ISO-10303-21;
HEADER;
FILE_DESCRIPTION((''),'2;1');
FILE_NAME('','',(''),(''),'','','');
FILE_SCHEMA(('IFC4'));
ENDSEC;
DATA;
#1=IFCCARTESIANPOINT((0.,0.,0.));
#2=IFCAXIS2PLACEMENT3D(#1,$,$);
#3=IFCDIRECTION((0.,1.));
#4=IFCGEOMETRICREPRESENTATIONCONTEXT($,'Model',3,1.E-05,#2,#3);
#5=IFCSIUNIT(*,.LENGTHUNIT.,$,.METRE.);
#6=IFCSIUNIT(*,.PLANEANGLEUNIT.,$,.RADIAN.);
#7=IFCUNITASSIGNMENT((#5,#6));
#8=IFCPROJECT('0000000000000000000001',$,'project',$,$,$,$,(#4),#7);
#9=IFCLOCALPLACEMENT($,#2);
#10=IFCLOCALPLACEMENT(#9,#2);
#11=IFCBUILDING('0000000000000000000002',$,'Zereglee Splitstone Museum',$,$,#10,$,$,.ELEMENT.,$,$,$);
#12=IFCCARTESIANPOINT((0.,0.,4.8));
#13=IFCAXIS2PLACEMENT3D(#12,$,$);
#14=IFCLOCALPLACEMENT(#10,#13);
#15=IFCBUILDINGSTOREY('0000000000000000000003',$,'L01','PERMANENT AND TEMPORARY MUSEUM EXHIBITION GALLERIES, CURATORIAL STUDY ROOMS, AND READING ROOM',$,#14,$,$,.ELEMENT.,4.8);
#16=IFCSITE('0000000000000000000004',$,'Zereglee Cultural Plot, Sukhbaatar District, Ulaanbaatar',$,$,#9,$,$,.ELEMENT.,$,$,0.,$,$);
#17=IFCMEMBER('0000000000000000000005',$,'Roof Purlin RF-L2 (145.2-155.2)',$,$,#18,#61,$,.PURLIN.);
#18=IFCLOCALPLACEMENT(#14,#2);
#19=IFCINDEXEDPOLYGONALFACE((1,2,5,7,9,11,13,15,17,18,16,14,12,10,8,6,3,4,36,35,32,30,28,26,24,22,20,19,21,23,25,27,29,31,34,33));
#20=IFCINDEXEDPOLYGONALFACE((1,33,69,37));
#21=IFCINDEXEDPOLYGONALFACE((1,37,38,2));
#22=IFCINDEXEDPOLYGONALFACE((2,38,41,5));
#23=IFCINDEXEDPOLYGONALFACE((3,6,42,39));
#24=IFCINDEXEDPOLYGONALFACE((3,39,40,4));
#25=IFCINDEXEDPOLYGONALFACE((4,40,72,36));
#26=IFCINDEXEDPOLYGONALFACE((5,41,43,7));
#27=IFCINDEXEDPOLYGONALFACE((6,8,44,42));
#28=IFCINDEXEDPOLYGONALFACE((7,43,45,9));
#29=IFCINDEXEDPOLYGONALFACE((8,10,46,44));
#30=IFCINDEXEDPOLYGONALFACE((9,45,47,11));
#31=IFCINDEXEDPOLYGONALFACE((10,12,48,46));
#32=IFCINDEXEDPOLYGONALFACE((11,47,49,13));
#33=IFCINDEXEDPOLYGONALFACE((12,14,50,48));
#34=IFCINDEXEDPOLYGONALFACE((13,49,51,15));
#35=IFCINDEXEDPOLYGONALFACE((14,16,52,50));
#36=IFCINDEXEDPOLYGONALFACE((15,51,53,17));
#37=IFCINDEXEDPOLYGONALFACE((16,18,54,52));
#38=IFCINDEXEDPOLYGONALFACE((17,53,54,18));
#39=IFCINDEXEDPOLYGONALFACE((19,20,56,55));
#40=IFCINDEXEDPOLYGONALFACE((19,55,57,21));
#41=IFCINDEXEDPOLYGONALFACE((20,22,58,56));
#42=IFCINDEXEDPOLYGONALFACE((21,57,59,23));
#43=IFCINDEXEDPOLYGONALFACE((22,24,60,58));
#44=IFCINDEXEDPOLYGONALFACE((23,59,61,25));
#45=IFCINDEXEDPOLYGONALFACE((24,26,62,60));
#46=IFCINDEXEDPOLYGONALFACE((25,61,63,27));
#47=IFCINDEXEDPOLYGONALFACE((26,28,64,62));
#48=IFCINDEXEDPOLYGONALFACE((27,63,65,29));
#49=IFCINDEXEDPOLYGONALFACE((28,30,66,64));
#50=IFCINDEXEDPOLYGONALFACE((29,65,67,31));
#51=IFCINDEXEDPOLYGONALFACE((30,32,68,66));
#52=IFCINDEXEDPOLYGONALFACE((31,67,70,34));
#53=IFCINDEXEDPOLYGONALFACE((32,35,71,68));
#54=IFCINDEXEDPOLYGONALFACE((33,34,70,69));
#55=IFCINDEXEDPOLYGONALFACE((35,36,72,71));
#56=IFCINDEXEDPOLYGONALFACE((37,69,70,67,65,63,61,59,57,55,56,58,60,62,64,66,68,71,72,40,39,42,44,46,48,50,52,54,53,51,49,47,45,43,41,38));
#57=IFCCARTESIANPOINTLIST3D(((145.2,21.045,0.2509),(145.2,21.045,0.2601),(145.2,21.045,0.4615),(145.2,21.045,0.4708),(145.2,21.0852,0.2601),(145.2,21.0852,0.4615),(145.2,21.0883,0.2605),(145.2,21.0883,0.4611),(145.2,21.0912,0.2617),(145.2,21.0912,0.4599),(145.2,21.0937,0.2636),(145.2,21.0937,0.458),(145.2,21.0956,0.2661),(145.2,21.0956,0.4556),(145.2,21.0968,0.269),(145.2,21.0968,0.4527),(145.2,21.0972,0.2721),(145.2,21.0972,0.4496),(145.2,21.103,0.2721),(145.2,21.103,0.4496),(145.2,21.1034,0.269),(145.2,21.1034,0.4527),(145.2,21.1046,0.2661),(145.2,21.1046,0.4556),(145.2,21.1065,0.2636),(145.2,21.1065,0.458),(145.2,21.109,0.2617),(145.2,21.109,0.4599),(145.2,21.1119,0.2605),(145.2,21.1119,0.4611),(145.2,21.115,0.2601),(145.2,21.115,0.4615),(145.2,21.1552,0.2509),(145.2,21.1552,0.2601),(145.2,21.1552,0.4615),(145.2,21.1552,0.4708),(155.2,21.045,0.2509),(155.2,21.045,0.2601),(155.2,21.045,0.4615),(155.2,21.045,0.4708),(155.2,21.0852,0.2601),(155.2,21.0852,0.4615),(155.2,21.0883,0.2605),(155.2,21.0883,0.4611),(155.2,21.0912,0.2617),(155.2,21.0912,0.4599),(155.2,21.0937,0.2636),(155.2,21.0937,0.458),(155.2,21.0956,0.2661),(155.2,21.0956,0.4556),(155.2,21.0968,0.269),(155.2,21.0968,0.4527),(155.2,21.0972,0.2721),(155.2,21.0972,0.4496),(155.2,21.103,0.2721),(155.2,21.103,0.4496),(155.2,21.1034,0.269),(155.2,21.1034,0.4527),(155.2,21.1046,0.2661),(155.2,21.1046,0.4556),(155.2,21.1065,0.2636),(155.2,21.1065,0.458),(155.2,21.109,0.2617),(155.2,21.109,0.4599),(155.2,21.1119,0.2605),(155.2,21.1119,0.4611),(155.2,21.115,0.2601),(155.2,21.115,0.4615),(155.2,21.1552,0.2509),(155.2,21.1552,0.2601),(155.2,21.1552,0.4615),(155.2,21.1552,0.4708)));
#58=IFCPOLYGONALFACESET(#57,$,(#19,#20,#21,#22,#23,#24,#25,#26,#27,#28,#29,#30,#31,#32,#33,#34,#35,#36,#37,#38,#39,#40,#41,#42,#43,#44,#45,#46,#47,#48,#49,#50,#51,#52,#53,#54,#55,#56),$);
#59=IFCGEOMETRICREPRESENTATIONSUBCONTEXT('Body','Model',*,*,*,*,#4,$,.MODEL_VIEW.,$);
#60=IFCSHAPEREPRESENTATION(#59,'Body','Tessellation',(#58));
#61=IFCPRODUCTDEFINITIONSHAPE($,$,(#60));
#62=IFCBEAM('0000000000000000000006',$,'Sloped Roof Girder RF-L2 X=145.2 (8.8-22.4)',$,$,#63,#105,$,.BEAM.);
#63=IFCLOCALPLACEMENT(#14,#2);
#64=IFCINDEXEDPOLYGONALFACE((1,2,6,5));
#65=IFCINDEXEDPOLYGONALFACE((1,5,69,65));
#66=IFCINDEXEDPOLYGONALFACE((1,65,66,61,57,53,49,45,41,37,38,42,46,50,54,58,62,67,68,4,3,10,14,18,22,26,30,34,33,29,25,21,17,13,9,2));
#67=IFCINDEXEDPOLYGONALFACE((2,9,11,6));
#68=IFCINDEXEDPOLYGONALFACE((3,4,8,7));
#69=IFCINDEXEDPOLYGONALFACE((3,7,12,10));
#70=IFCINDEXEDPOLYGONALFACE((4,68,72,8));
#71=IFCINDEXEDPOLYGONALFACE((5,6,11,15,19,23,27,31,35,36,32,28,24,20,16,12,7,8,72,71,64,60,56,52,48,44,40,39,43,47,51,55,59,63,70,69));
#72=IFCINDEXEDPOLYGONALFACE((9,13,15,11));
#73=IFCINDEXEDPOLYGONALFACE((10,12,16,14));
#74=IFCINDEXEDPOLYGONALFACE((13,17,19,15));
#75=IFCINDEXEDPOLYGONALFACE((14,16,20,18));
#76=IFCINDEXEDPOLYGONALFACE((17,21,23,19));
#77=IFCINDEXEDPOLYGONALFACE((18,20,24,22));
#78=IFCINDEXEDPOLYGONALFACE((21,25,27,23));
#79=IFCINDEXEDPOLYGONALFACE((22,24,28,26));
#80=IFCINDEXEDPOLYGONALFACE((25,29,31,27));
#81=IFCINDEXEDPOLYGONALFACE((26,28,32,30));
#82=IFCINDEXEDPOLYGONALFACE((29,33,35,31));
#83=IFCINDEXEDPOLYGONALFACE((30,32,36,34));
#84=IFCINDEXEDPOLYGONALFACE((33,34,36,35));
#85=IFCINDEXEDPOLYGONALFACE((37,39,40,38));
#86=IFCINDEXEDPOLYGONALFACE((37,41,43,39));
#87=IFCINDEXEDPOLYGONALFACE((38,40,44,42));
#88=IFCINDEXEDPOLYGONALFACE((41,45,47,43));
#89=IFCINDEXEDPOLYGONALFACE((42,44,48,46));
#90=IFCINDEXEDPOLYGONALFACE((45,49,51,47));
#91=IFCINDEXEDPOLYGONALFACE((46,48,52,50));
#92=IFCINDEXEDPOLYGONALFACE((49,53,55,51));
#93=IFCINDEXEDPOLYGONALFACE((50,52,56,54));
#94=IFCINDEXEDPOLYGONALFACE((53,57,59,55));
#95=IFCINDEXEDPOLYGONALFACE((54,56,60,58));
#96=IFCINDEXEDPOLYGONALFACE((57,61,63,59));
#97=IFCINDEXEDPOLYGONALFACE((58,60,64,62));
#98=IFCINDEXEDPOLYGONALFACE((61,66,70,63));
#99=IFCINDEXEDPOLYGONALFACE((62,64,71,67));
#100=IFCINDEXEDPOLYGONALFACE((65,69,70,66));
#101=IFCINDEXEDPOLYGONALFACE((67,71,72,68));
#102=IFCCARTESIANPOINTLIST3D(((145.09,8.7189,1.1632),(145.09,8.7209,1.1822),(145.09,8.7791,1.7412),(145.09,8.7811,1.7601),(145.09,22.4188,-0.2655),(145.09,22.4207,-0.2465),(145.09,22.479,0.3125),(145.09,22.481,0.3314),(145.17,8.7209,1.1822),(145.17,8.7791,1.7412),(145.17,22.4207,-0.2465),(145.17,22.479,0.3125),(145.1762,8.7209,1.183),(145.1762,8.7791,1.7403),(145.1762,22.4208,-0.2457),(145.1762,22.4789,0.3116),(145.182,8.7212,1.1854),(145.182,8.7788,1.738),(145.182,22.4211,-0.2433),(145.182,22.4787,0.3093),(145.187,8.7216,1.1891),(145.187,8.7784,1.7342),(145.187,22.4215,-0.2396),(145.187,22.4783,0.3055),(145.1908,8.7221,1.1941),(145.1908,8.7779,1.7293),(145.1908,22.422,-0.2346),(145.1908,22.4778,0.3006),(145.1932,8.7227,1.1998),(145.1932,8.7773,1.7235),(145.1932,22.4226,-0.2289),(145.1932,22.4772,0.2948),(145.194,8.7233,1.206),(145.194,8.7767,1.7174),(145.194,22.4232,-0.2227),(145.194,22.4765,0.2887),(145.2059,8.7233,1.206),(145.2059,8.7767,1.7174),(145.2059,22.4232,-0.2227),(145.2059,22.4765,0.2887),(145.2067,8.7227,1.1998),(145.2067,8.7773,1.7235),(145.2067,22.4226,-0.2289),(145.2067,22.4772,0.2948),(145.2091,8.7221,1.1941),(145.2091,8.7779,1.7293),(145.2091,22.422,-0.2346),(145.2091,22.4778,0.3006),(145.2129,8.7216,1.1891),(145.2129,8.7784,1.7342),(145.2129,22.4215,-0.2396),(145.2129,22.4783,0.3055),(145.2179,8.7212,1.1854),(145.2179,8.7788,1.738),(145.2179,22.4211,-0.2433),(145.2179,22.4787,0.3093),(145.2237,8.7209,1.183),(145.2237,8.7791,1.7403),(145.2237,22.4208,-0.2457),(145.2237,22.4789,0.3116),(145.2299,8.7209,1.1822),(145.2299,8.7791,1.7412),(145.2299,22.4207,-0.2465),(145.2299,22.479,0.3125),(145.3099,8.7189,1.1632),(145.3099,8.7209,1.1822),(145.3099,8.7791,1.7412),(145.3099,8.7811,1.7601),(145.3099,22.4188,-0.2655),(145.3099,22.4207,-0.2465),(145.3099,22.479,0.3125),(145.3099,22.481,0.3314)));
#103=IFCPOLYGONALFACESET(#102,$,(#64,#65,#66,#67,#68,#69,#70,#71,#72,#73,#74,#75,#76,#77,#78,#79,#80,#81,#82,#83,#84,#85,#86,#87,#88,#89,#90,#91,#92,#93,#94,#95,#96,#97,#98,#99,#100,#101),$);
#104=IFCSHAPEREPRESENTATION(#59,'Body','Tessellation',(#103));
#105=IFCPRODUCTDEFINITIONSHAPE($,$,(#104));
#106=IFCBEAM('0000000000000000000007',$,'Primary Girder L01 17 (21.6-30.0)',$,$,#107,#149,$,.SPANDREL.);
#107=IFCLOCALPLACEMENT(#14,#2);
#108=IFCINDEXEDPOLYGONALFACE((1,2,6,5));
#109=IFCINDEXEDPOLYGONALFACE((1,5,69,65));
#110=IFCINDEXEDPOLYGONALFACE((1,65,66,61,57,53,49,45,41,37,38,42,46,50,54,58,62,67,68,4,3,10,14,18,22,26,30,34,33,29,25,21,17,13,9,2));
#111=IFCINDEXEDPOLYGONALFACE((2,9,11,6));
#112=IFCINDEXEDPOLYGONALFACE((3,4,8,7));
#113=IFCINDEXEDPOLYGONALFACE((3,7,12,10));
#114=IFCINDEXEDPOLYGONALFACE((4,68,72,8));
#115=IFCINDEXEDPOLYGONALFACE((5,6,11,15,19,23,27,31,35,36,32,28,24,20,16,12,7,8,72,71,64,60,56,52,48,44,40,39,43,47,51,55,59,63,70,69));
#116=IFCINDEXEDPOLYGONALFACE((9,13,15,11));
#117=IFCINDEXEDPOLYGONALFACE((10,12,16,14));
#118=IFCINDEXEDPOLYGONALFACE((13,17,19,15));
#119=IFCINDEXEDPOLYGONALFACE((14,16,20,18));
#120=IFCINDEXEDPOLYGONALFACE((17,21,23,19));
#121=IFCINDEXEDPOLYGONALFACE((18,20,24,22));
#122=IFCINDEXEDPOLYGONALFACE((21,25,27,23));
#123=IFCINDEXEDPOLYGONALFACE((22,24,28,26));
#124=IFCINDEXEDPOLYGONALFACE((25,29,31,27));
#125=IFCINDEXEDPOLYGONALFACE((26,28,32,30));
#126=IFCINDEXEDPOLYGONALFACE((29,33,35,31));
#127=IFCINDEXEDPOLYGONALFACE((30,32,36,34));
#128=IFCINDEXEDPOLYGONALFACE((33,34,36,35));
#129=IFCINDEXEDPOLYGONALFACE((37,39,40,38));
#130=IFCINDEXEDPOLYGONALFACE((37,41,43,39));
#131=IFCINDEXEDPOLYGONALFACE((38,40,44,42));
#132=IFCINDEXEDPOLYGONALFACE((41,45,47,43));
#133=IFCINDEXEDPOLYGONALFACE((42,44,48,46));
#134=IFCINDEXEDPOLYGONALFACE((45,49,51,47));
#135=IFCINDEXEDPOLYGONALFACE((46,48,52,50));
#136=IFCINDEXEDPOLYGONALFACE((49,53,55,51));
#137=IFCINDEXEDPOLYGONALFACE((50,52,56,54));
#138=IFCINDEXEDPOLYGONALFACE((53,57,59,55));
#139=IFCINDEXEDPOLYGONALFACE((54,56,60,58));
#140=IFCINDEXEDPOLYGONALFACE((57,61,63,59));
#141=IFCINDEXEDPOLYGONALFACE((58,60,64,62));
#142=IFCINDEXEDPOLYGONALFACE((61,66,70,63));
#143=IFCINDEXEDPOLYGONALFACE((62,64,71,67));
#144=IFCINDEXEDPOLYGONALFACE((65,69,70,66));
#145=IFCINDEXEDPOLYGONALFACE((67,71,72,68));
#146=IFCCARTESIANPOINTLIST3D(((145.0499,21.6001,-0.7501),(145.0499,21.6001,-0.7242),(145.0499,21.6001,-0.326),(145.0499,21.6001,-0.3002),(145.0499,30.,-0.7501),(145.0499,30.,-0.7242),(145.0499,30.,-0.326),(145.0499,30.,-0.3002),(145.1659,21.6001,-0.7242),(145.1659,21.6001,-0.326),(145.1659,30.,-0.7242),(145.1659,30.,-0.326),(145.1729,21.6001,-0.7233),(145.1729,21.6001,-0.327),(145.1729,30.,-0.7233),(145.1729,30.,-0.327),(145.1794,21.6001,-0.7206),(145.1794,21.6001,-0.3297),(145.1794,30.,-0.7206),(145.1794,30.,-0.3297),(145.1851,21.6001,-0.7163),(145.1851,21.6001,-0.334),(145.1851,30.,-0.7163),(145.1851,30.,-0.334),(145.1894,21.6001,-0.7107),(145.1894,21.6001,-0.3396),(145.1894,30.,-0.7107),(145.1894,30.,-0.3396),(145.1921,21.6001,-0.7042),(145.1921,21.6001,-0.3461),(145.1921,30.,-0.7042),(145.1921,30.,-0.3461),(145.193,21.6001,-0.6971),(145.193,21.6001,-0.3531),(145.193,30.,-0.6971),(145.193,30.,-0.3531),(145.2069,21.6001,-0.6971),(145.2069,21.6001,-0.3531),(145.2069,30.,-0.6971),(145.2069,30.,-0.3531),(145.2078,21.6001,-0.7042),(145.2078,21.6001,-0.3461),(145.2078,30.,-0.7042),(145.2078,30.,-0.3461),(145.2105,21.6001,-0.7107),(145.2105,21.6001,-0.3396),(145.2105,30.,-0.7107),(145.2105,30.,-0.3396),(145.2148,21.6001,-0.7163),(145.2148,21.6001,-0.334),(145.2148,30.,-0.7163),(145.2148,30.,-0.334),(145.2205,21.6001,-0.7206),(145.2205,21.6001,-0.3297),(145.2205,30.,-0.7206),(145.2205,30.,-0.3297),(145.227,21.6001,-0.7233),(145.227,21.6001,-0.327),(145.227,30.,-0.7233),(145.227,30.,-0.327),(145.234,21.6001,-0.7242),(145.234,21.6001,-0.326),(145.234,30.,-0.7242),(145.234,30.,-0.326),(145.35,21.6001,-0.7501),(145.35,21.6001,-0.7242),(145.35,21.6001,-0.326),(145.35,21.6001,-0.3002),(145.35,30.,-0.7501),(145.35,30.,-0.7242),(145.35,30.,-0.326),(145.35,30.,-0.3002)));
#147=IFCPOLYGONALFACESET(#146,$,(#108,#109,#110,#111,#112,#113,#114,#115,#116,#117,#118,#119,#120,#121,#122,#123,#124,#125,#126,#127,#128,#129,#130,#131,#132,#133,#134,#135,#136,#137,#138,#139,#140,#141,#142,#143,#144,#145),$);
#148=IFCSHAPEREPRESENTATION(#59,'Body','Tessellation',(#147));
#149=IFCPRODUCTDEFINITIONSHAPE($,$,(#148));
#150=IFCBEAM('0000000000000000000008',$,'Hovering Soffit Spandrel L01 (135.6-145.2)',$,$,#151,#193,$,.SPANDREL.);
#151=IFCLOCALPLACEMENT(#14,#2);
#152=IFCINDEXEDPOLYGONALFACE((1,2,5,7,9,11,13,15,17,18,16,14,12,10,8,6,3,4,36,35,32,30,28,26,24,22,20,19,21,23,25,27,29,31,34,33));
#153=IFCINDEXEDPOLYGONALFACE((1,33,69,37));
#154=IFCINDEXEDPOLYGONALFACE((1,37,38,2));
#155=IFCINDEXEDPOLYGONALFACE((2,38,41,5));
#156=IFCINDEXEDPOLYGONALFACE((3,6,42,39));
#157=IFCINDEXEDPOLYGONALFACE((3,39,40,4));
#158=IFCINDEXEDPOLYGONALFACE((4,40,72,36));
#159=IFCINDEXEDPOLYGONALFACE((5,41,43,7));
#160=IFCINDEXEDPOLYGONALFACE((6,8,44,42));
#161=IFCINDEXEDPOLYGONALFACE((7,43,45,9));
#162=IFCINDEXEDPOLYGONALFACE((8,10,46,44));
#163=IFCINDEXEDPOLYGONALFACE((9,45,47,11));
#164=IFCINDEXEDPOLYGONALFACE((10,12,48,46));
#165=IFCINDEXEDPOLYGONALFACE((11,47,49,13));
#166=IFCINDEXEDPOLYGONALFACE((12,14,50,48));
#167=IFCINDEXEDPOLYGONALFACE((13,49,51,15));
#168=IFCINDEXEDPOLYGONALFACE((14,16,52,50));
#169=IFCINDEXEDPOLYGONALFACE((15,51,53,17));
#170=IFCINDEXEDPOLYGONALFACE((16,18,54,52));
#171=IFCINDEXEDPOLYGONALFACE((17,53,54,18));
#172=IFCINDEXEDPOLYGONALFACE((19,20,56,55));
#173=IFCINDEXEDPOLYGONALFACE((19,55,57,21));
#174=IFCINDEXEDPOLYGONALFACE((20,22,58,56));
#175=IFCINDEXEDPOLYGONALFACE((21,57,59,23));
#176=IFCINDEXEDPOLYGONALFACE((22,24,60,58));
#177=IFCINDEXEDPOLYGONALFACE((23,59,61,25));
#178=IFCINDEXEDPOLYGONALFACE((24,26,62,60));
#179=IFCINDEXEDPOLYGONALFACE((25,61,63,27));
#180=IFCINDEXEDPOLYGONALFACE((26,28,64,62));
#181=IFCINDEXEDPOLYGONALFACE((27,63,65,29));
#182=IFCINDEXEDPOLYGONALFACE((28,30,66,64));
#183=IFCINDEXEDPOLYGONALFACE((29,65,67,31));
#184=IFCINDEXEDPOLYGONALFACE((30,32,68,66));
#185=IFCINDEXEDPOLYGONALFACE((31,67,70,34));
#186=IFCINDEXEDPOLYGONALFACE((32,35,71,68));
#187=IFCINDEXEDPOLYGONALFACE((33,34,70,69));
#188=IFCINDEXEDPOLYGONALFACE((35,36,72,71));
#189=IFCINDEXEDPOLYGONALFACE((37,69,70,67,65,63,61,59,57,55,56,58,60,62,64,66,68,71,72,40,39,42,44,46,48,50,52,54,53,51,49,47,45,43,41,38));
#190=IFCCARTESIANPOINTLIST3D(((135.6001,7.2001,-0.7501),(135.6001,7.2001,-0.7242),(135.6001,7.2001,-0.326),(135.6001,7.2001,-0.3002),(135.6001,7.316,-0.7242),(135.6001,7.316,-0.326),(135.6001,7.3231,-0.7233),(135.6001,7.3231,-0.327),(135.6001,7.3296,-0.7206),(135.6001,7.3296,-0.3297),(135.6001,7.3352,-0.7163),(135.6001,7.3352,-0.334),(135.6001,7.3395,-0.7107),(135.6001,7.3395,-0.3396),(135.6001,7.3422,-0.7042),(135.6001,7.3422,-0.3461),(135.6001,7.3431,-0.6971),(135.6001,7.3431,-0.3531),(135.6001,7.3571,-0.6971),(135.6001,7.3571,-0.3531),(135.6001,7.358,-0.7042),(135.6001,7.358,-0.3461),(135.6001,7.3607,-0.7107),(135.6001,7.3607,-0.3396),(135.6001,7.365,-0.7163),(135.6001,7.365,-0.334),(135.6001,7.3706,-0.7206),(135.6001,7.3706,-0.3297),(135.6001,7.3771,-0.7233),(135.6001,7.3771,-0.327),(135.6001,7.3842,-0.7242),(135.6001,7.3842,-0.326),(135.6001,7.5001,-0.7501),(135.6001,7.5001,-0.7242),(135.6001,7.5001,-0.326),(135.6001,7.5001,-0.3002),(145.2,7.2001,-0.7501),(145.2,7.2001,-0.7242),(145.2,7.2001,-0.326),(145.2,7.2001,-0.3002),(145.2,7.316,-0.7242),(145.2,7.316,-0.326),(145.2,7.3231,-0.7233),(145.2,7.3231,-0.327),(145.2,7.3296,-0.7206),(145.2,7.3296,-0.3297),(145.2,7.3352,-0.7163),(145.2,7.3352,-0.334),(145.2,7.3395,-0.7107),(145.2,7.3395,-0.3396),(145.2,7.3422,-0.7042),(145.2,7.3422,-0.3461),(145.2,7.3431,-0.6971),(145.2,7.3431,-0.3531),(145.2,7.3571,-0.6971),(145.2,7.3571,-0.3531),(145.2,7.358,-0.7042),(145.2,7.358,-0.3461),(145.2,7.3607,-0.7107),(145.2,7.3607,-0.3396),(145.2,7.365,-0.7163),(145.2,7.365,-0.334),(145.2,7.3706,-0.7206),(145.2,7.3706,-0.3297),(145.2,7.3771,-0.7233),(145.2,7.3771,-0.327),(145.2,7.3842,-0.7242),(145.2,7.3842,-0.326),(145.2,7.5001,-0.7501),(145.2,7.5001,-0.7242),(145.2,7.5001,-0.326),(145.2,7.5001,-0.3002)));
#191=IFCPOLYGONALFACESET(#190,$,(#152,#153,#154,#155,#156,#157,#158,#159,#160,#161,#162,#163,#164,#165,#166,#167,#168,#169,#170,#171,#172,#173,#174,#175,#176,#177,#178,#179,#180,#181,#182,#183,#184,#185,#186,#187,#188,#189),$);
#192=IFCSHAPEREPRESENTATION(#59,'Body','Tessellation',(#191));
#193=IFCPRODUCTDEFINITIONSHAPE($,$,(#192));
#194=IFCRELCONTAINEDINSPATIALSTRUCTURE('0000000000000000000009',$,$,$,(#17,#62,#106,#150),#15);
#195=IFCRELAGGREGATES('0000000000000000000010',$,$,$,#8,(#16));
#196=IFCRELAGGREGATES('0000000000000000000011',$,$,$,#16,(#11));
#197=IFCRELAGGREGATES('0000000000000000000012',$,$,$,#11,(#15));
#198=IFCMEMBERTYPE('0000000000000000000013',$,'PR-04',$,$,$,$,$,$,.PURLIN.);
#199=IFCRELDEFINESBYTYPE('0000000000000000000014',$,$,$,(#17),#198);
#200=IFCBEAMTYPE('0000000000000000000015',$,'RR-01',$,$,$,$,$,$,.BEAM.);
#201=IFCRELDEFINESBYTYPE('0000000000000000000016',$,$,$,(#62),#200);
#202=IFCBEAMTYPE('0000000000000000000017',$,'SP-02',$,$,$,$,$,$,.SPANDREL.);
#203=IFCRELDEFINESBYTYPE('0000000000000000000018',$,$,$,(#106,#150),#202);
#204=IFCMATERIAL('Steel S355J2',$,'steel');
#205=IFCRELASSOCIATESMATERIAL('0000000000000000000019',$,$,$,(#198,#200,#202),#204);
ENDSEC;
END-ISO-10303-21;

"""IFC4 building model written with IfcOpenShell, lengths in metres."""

from ifc_helpers import new_model, si_unit, direction, frame, origin, origin_2d, place, context, subcontext, project, spatial, i_section, extrude, material, material_profile, profile_set, type_object, element, save


model = new_model("IFC4")

# Units and contexts
model_context = context("Model", 3, precision=1e-05, world=origin(), true_north=direction((0.0, 1.0)))
body_context = subcontext(model_context, "Body", "Model", "MODEL_VIEW")
ifc_project = project(units=[si_unit("LENGTHUNIT", "METRE"), si_unit("PLANEANGLEUNIT", "RADIAN")], contexts=[model_context])

# Site, building, storey
site_placement = place(None, origin())
site = spatial("IfcSite", under=ifc_project, at=site_placement, Name="Zereglee Cultural Plot, Sukhbaatar District, Ulaanbaatar", CompositionType="ELEMENT", RefElevation=0.0)
building_placement = place(site_placement, origin())
building = spatial("IfcBuilding", under=site, at=building_placement, Name="Zereglee Splitstone Museum", CompositionType="ELEMENT")
storey_placement = place(building_placement, frame((0.0, 0.0, 4.8)))
storey = spatial("IfcBuildingStorey", under=building, at=storey_placement, Name="L01", Description="PERMANENT AND TEMPORARY MUSEUM EXHIBITION GALLERIES, CURATORIAL STUDY ROOMS, AND READING ROOM", CompositionType="ELEMENT", Elevation=4.8)

# Shared definitions
ifc_material_1 = material(Name="Steel S355J2", Category="steel")

# Member
ifc_material_profile_1 = material_profile(ifc_material_1, i_section(OverallWidth=0.1101, OverallDepth=0.22, WebThickness=0.0059, FlangeThickness=0.0093, FilletRadius=0.012, at=origin_2d()), Name="IPE 220")
ifc_profile_set_1 = profile_set([ifc_material_profile_1], Name="Steel S355J2")
member_type_1 = type_object("IfcMemberType", Name="PR-04", PredefinedType="PURLIN", material=ifc_profile_set_1)
for number, where, z_axis, x_axis, name in (
    (1, (145.2, 21.1001, 0.3608), (1.0, 0.0, 0.0), (0.0, 1.0, 0.0), "Roof Purlin RF-L2 (145.2-155.2)"),
):
    element("IfcMember", number, at=place(storey_placement, frame(where, z_axis=z_axis, x_axis=x_axis)), inside=storey, type_object=member_type_1, Name=name, PredefinedType="PURLIN", context=body_context, shape_type="SweptSolid", body=[
        extrude(i_section(OverallWidth=0.1101, OverallDepth=0.22, WebThickness=0.0059, FlangeThickness=0.0093, FilletRadius=0.012, at=origin_2d()), origin(), (0.0, 0.0, 1.0), 10.0),
    ])

# Beams
ifc_material_profile_2 = material_profile(ifc_material_1, i_section(OverallWidth=0.22, OverallDepth=0.6001, WebThickness=0.012, FlangeThickness=0.019, FilletRadius=0.0239, at=origin_2d()), Name="IPE 600")
ifc_profile_set_2 = profile_set([ifc_material_profile_2], Name="Steel S355J2")
beam_type_1 = type_object("IfcBeamType", Name="RR-01", PredefinedType="BEAM", material=ifc_profile_set_2)
beam_1_placement = place(storey_placement, frame((145.2, 8.75, 1.4617), z_axis=(0.0, 0.994606, -0.103723), x_axis=(-1.0, 0.0, 0.0)))
element("IfcBeam", 2, at=beam_1_placement, inside=storey, type_object=beam_type_1, Name="Sloped Roof Girder RF-L2 X=145.2 (8.8-22.4)", PredefinedType="BEAM", context=body_context, shape_type="SweptSolid", body=[
    extrude(i_section(OverallWidth=0.22, OverallDepth=0.6001, WebThickness=0.012, FlangeThickness=0.019, FilletRadius=0.0239, at=origin_2d()), origin(), (0.0, 0.0, 1.0), 13.7742),
])
ifc_material_profile_3 = material_profile(ifc_material_1, i_section(OverallWidth=0.3, OverallDepth=0.45, WebThickness=0.0139, FlangeThickness=0.0259, FilletRadius=0.0271, at=origin_2d()), Name="HE 450 B")
ifc_profile_set_3 = profile_set([ifc_material_profile_3], Name="Steel S355J2")
beam_type_2 = type_object("IfcBeamType", Name="SP-02", PredefinedType="SPANDREL", material=ifc_profile_set_3)
beam_2_placement = place(storey_placement, frame((145.2, 21.6001, -0.5251), z_axis=(0.0, 1.0, 0.0), x_axis=(-1.0, 0.0, 0.0)))
element("IfcBeam", 3, at=beam_2_placement, inside=storey, type_object=beam_type_2, Name="Primary Girder L01 17 (21.6-30.0)", PredefinedType="SPANDREL", context=body_context, shape_type="SweptSolid", body=[
    extrude(i_section(OverallWidth=0.3, OverallDepth=0.45, WebThickness=0.0139, FlangeThickness=0.0259, FilletRadius=0.0271, at=origin_2d()), origin(), (0.0, 0.0, 1.0), 8.3999),
])
beam_3_placement = place(storey_placement, frame((135.6001, 7.3501, -0.5251), z_axis=(1.0, 0.0, 0.0), x_axis=(0.0, 1.0, 0.0)))
element("IfcBeam", 4, at=beam_3_placement, inside=storey, type_object=beam_type_2, Name="Hovering Soffit Spandrel L01 (135.6-145.2)", PredefinedType="SPANDREL", context=body_context, shape_type="SweptSolid", body=[
    extrude(i_section(OverallWidth=0.3, OverallDepth=0.45, WebThickness=0.0139, FlangeThickness=0.0259, FilletRadius=0.0271, at=origin_2d()), origin(), (0.0, 0.0, 1.0), 9.5999),
])

save(model, "model.ifc")
